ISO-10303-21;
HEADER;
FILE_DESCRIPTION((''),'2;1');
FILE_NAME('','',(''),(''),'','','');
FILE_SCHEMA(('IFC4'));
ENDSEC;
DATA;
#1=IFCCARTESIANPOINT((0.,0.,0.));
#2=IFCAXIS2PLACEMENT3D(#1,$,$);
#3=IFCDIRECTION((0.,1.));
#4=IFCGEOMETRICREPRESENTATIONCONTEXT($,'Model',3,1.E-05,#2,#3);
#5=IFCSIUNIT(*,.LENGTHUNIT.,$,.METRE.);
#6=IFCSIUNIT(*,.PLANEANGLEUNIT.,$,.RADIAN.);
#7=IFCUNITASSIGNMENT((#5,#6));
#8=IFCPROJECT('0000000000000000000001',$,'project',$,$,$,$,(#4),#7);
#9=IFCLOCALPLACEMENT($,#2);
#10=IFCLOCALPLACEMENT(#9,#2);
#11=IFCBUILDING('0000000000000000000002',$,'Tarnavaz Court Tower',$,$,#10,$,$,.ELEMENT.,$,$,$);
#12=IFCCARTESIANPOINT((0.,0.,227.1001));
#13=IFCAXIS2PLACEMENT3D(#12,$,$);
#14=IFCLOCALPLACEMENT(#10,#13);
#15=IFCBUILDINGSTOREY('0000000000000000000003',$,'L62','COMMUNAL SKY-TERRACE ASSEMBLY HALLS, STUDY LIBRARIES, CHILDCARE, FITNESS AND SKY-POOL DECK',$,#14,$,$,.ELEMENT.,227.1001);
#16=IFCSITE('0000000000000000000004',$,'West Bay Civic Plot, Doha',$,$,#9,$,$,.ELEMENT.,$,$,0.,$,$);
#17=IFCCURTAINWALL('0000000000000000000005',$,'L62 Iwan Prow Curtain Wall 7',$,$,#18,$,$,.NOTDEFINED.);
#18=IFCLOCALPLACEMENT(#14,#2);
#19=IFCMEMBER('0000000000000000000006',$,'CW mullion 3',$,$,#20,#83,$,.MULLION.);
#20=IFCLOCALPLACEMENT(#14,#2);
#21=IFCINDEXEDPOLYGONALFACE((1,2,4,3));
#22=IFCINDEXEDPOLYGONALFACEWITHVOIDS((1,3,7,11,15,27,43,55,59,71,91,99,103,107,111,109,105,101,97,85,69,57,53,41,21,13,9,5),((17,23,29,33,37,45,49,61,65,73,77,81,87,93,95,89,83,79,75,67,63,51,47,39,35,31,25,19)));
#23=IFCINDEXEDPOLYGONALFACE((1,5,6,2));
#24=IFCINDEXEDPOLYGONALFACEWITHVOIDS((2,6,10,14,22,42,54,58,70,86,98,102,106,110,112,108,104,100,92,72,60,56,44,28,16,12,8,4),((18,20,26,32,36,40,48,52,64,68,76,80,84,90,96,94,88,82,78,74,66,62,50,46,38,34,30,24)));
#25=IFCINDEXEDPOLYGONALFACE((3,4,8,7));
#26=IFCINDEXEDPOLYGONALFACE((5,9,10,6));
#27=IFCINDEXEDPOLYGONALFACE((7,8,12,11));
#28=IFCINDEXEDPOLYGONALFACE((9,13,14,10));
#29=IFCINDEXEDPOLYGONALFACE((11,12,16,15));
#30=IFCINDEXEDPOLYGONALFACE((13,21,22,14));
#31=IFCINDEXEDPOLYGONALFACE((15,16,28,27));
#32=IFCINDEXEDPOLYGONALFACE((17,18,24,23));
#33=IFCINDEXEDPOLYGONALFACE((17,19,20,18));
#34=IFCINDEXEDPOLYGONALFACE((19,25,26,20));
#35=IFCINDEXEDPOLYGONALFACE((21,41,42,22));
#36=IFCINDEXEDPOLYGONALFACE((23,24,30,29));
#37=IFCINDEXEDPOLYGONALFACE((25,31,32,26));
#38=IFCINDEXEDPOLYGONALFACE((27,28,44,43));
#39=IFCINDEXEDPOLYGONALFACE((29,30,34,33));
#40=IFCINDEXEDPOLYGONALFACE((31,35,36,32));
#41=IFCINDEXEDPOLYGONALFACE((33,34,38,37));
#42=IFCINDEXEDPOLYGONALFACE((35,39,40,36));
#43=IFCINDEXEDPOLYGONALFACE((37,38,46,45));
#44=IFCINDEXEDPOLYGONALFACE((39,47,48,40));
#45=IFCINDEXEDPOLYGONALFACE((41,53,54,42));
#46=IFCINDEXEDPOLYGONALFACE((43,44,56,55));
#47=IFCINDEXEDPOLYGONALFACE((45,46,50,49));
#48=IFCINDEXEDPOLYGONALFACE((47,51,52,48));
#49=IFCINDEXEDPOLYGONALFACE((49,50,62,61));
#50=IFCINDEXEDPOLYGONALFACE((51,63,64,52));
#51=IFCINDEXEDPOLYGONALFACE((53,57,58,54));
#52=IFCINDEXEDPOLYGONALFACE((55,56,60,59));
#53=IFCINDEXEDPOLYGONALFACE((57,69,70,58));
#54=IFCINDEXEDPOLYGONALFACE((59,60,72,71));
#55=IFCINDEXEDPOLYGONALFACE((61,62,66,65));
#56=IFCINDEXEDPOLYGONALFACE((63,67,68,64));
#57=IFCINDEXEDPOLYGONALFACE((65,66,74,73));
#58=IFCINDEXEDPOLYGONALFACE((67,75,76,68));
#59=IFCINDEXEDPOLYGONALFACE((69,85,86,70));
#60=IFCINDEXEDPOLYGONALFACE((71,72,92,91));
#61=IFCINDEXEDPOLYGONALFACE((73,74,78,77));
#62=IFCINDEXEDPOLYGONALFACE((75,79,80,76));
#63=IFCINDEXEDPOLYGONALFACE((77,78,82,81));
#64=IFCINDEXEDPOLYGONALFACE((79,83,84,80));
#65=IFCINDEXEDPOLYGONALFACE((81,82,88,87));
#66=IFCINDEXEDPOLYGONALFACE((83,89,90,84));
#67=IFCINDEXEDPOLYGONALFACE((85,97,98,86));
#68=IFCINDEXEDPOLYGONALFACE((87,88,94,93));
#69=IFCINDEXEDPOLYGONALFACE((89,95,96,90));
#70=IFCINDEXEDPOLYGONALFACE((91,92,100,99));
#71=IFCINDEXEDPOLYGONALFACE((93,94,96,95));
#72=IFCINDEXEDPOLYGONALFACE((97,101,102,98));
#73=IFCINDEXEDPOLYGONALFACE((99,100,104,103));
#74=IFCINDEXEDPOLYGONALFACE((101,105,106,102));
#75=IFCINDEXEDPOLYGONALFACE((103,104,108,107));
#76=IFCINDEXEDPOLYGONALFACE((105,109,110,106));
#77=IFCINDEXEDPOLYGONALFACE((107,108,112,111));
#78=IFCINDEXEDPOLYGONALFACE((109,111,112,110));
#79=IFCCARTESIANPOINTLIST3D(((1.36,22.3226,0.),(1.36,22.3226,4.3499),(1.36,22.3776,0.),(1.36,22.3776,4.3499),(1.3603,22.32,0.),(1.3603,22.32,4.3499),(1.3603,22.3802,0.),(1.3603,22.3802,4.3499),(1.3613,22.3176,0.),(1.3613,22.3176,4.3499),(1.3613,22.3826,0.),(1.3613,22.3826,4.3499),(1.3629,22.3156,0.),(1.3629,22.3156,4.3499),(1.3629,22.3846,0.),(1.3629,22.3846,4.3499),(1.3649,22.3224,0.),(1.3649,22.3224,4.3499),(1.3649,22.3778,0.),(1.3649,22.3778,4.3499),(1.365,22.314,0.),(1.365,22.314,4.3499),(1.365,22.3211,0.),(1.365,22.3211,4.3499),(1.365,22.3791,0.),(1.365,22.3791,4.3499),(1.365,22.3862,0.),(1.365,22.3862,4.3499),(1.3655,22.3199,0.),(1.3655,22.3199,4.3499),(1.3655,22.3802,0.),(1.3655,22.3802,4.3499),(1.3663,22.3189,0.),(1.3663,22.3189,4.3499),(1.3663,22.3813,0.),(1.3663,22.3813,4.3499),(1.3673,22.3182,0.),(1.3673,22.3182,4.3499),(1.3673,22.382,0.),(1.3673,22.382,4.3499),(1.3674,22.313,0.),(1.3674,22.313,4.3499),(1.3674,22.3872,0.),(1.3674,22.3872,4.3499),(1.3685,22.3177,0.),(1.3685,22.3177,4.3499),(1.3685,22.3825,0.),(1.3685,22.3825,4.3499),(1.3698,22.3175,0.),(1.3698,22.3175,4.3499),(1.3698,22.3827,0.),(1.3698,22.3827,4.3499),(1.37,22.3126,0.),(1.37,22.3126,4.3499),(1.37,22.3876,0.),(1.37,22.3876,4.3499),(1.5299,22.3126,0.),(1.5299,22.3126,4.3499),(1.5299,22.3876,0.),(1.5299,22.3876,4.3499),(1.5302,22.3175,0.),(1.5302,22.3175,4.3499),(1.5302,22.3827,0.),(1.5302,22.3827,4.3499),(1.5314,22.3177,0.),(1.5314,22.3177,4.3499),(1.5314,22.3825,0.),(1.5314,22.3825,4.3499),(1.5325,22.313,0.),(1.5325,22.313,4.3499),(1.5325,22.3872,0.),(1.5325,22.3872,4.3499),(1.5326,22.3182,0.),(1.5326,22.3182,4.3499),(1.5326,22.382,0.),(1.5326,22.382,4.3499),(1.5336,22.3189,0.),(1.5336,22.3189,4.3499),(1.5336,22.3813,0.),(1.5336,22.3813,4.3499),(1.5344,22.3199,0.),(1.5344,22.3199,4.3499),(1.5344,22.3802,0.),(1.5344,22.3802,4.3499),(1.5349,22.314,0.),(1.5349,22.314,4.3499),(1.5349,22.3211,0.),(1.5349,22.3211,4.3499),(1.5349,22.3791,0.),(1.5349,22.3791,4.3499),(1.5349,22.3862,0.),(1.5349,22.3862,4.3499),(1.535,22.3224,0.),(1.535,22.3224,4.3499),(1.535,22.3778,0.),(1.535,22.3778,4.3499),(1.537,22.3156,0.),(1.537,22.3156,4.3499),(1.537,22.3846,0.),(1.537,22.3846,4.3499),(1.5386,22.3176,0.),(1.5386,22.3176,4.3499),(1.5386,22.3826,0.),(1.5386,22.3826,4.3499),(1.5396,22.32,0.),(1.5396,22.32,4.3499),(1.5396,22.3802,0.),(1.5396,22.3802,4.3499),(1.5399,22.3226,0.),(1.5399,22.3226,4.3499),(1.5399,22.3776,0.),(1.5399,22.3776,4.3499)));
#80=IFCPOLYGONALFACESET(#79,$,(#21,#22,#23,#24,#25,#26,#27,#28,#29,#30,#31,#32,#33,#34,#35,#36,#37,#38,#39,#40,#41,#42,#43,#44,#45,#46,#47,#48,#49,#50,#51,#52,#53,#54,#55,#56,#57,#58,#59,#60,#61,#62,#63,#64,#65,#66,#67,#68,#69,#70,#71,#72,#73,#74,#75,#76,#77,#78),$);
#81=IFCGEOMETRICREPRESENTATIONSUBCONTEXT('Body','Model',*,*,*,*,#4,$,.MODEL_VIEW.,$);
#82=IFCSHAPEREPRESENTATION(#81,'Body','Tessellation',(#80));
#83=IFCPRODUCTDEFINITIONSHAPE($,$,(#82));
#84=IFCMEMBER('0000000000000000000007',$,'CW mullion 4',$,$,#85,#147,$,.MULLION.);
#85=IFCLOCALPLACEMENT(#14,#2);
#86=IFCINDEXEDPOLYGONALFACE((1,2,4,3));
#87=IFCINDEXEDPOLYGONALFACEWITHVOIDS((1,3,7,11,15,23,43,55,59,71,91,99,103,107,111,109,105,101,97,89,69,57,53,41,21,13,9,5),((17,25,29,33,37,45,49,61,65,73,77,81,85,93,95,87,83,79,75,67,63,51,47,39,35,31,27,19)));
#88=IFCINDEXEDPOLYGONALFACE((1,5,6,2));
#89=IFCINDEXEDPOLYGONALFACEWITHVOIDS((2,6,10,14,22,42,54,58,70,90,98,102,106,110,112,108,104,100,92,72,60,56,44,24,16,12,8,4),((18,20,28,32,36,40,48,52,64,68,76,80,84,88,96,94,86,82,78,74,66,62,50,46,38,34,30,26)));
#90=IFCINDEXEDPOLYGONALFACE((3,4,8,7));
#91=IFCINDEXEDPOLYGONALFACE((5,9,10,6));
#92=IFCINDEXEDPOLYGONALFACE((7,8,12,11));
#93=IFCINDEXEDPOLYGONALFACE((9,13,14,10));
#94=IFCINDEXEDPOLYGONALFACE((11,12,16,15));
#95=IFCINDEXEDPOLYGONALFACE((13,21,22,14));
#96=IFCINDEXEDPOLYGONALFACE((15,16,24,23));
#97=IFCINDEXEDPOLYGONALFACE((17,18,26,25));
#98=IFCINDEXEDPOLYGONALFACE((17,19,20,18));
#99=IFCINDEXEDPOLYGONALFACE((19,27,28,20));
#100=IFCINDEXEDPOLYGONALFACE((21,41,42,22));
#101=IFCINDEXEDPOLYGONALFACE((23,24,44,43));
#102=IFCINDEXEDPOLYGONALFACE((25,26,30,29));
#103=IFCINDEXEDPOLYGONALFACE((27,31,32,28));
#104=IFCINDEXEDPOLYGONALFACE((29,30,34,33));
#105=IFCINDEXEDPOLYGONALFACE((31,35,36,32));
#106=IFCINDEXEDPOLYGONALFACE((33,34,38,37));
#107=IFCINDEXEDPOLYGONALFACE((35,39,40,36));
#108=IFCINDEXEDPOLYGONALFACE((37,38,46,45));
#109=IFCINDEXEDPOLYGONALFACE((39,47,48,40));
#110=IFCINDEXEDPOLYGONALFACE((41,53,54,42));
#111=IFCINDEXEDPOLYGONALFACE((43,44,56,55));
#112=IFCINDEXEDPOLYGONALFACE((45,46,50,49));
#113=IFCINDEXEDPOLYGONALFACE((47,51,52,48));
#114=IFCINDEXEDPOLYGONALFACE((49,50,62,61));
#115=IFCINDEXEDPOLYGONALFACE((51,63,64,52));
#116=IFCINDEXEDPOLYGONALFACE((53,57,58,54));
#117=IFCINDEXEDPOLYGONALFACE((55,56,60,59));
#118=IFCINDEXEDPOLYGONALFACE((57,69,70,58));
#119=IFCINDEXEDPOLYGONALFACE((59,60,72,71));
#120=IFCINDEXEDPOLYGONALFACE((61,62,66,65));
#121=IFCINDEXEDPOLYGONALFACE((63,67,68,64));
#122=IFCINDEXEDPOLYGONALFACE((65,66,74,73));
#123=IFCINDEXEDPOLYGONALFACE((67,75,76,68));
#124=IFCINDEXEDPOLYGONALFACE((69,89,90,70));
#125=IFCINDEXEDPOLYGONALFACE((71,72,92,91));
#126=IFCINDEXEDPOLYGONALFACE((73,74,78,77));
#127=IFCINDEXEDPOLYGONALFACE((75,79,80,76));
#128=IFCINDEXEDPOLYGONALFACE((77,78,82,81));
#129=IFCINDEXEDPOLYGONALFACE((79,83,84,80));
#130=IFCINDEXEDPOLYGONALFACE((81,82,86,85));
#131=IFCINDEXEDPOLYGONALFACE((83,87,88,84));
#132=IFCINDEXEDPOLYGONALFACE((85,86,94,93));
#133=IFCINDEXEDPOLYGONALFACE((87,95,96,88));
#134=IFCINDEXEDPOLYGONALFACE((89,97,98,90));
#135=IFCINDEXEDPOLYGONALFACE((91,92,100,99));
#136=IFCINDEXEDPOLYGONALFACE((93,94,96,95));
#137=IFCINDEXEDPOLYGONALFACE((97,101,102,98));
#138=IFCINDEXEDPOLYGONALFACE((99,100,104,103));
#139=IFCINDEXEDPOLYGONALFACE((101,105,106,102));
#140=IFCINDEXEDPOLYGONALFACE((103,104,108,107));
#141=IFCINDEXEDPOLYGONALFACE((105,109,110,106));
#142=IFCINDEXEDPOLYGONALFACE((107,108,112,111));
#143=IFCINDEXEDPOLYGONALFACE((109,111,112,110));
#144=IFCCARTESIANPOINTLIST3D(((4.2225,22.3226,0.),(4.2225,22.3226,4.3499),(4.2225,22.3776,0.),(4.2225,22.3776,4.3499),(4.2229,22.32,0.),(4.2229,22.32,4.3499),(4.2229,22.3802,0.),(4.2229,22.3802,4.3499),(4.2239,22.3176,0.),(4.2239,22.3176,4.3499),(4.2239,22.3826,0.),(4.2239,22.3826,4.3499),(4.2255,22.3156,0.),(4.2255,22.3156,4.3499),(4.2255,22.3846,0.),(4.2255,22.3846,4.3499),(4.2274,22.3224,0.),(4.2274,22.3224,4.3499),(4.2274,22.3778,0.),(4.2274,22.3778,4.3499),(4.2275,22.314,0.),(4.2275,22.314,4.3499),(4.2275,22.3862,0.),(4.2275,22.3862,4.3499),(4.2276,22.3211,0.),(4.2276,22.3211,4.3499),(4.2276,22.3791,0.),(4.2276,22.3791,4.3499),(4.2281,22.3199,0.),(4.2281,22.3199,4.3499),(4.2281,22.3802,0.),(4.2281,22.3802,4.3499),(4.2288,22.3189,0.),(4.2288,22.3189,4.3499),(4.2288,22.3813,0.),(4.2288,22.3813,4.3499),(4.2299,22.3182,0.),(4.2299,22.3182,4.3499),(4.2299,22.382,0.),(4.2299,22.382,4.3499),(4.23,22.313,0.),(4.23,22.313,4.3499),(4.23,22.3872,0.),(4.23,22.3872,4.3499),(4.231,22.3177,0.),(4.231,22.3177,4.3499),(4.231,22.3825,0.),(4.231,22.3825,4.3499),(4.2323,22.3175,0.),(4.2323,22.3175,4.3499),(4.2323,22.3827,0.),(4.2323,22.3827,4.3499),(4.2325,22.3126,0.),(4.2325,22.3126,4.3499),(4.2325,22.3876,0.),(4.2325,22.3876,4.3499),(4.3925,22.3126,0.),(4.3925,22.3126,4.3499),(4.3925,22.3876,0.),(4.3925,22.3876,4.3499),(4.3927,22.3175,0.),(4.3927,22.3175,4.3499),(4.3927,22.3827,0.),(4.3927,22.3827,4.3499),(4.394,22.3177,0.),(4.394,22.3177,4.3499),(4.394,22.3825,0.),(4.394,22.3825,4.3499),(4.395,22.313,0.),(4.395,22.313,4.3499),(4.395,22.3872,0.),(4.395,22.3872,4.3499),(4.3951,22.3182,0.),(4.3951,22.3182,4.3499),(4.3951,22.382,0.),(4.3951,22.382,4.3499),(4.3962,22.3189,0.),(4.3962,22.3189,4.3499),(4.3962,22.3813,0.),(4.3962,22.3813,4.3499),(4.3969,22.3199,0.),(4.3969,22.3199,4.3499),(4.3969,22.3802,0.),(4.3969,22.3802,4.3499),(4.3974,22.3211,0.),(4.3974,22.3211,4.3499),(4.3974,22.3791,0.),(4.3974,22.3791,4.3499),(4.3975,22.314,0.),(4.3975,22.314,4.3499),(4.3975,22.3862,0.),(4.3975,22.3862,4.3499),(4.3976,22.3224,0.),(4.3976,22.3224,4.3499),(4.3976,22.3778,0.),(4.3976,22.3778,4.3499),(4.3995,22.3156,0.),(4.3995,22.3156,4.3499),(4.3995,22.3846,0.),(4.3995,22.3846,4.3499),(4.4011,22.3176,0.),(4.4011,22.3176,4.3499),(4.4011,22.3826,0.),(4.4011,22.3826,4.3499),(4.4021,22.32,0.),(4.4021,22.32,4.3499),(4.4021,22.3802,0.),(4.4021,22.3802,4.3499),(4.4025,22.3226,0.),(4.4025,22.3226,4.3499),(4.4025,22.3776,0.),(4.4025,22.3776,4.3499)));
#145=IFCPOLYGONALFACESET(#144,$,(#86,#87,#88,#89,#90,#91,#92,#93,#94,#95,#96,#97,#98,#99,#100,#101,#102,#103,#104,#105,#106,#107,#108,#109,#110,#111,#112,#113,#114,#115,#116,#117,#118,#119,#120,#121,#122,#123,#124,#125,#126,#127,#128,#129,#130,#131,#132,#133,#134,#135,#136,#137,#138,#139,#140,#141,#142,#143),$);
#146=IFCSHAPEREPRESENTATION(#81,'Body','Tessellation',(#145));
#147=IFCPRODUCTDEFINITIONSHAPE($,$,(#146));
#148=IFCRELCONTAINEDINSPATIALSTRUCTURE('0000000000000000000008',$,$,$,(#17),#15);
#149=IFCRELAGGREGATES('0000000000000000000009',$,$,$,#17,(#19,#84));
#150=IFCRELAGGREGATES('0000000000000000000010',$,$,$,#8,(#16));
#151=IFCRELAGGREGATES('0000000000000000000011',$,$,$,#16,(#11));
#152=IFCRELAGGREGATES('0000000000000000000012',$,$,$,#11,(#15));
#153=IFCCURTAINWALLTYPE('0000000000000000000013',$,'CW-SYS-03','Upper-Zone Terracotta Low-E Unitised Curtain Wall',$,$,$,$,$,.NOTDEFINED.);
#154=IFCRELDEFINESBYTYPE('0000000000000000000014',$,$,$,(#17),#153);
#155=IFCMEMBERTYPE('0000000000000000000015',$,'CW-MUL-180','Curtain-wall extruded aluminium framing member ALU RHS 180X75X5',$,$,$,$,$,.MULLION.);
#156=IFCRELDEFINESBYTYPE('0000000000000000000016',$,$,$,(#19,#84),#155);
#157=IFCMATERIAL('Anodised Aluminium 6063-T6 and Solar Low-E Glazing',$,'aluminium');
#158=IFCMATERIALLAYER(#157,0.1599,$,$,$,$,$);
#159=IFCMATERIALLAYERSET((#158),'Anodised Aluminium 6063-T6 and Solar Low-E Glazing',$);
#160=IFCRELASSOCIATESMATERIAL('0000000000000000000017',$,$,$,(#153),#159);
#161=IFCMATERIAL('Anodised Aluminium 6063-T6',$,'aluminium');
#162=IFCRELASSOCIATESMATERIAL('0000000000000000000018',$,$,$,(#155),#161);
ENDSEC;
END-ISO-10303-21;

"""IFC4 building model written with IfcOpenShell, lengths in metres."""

from ifc_helpers import new_model, si_unit, direction, frame, origin, origin_2d, place, context, subcontext, project, spatial, hollow_rectangle, extrude, material, layer, layer_set, material_profile, profile_set, type_object, element, aggregate, save


model = new_model("IFC4")

# Units and contexts
model_context = context("Model", 3, precision=1e-05, world=origin(), true_north=direction((0.0, 1.0)))
body_context = subcontext(model_context, "Body", "Model", "MODEL_VIEW")
ifc_project = project(units=[si_unit("LENGTHUNIT", "METRE"), si_unit("PLANEANGLEUNIT", "RADIAN")], contexts=[model_context])

# Site, building, storey
site_placement = place(None, origin())
site = spatial("IfcSite", under=ifc_project, at=site_placement, Name="West Bay Civic Plot, Doha", CompositionType="ELEMENT", RefElevation=0.0)
building_placement = place(site_placement, origin())
building = spatial("IfcBuilding", under=site, at=building_placement, Name="Tarnavaz Court Tower", CompositionType="ELEMENT")
storey_placement = place(building_placement, frame((0.0, 0.0, 227.1001)))
storey = spatial("IfcBuildingStorey", under=building, at=storey_placement, Name="L62", Description="COMMUNAL SKY-TERRACE ASSEMBLY HALLS, STUDY LIBRARIES, CHILDCARE, FITNESS AND SKY-POOL DECK", CompositionType="ELEMENT", Elevation=227.1001)

# Curtain wall, members
ifc_material_1 = material(Name="Anodised Aluminium 6063-T6 and Solar Low-E Glazing", Category="aluminium")
ifc_layer_1 = layer(ifc_material_1, 0.1599)
ifc_layer_set_1 = layer_set([ifc_layer_1], Name="Anodised Aluminium 6063-T6 and Solar Low-E Glazing")
curtain_wall_type = type_object("IfcCurtainWallType", Name="CW-SYS-03", Description="Upper-Zone Terracotta Low-E Unitised Curtain Wall", PredefinedType="NOTDEFINED", material=ifc_layer_set_1)
curtain_wall_placement = place(storey_placement, origin())
curtain_wall = element("IfcCurtainWall", 1, at=curtain_wall_placement, inside=storey, type_object=curtain_wall_type, Name="L62 Iwan Prow Curtain Wall 7", PredefinedType="NOTDEFINED")
ifc_material_2 = material(Name="Anodised Aluminium 6063-T6", Category="aluminium")
ifc_material_profile_1 = material_profile(ifc_material_2, hollow_rectangle(XDim=0.075, YDim=0.1799, WallThickness=0.0049, InnerFilletRadius=0.0049, OuterFilletRadius=0.01, at=origin_2d()), Name="ALU RHS 180X75X5")
ifc_profile_set_1 = profile_set([ifc_material_profile_1], Name="Anodised Aluminium 6063-T6")
member_type_1 = type_object("IfcMemberType", Name="CW-MUL-180", Description="Curtain-wall extruded aluminium framing member ALU RHS 180X75X5", PredefinedType="MULLION", material=ifc_profile_set_1)
member_1_placement = place(storey_placement, frame((1.45, 22.3501, 0.0), z_axis=(0.0, 0.0, 1.0), x_axis=(0.0, 1.0, 0.0)))
member_1 = element("IfcMember", 2, at=member_1_placement, type_object=member_type_1, Name="CW mullion 3", PredefinedType="MULLION", context=body_context, shape_type="SweptSolid", body=[
    extrude(hollow_rectangle(XDim=0.075, YDim=0.1799, WallThickness=0.0049, InnerFilletRadius=0.0049, OuterFilletRadius=0.01, at=origin_2d()), origin(), (0.0, 0.0, 1.0), 4.3499),
])
member_2_placement = place(storey_placement, frame((4.3125, 22.3501, 0.0), z_axis=(0.0, 0.0, 1.0), x_axis=(0.0, 1.0, 0.0)))
member_2 = element("IfcMember", 3, at=member_2_placement, type_object=member_type_1, Name="CW mullion 4", PredefinedType="MULLION", context=body_context, shape_type="SweptSolid", body=[
    extrude(hollow_rectangle(XDim=0.075, YDim=0.1799, WallThickness=0.0049, InnerFilletRadius=0.0049, OuterFilletRadius=0.01, at=origin_2d()), origin(), (0.0, 0.0, 1.0), 4.3499),
])
aggregate(curtain_wall, [member_1, member_2])

save(model, "model.ifc")
